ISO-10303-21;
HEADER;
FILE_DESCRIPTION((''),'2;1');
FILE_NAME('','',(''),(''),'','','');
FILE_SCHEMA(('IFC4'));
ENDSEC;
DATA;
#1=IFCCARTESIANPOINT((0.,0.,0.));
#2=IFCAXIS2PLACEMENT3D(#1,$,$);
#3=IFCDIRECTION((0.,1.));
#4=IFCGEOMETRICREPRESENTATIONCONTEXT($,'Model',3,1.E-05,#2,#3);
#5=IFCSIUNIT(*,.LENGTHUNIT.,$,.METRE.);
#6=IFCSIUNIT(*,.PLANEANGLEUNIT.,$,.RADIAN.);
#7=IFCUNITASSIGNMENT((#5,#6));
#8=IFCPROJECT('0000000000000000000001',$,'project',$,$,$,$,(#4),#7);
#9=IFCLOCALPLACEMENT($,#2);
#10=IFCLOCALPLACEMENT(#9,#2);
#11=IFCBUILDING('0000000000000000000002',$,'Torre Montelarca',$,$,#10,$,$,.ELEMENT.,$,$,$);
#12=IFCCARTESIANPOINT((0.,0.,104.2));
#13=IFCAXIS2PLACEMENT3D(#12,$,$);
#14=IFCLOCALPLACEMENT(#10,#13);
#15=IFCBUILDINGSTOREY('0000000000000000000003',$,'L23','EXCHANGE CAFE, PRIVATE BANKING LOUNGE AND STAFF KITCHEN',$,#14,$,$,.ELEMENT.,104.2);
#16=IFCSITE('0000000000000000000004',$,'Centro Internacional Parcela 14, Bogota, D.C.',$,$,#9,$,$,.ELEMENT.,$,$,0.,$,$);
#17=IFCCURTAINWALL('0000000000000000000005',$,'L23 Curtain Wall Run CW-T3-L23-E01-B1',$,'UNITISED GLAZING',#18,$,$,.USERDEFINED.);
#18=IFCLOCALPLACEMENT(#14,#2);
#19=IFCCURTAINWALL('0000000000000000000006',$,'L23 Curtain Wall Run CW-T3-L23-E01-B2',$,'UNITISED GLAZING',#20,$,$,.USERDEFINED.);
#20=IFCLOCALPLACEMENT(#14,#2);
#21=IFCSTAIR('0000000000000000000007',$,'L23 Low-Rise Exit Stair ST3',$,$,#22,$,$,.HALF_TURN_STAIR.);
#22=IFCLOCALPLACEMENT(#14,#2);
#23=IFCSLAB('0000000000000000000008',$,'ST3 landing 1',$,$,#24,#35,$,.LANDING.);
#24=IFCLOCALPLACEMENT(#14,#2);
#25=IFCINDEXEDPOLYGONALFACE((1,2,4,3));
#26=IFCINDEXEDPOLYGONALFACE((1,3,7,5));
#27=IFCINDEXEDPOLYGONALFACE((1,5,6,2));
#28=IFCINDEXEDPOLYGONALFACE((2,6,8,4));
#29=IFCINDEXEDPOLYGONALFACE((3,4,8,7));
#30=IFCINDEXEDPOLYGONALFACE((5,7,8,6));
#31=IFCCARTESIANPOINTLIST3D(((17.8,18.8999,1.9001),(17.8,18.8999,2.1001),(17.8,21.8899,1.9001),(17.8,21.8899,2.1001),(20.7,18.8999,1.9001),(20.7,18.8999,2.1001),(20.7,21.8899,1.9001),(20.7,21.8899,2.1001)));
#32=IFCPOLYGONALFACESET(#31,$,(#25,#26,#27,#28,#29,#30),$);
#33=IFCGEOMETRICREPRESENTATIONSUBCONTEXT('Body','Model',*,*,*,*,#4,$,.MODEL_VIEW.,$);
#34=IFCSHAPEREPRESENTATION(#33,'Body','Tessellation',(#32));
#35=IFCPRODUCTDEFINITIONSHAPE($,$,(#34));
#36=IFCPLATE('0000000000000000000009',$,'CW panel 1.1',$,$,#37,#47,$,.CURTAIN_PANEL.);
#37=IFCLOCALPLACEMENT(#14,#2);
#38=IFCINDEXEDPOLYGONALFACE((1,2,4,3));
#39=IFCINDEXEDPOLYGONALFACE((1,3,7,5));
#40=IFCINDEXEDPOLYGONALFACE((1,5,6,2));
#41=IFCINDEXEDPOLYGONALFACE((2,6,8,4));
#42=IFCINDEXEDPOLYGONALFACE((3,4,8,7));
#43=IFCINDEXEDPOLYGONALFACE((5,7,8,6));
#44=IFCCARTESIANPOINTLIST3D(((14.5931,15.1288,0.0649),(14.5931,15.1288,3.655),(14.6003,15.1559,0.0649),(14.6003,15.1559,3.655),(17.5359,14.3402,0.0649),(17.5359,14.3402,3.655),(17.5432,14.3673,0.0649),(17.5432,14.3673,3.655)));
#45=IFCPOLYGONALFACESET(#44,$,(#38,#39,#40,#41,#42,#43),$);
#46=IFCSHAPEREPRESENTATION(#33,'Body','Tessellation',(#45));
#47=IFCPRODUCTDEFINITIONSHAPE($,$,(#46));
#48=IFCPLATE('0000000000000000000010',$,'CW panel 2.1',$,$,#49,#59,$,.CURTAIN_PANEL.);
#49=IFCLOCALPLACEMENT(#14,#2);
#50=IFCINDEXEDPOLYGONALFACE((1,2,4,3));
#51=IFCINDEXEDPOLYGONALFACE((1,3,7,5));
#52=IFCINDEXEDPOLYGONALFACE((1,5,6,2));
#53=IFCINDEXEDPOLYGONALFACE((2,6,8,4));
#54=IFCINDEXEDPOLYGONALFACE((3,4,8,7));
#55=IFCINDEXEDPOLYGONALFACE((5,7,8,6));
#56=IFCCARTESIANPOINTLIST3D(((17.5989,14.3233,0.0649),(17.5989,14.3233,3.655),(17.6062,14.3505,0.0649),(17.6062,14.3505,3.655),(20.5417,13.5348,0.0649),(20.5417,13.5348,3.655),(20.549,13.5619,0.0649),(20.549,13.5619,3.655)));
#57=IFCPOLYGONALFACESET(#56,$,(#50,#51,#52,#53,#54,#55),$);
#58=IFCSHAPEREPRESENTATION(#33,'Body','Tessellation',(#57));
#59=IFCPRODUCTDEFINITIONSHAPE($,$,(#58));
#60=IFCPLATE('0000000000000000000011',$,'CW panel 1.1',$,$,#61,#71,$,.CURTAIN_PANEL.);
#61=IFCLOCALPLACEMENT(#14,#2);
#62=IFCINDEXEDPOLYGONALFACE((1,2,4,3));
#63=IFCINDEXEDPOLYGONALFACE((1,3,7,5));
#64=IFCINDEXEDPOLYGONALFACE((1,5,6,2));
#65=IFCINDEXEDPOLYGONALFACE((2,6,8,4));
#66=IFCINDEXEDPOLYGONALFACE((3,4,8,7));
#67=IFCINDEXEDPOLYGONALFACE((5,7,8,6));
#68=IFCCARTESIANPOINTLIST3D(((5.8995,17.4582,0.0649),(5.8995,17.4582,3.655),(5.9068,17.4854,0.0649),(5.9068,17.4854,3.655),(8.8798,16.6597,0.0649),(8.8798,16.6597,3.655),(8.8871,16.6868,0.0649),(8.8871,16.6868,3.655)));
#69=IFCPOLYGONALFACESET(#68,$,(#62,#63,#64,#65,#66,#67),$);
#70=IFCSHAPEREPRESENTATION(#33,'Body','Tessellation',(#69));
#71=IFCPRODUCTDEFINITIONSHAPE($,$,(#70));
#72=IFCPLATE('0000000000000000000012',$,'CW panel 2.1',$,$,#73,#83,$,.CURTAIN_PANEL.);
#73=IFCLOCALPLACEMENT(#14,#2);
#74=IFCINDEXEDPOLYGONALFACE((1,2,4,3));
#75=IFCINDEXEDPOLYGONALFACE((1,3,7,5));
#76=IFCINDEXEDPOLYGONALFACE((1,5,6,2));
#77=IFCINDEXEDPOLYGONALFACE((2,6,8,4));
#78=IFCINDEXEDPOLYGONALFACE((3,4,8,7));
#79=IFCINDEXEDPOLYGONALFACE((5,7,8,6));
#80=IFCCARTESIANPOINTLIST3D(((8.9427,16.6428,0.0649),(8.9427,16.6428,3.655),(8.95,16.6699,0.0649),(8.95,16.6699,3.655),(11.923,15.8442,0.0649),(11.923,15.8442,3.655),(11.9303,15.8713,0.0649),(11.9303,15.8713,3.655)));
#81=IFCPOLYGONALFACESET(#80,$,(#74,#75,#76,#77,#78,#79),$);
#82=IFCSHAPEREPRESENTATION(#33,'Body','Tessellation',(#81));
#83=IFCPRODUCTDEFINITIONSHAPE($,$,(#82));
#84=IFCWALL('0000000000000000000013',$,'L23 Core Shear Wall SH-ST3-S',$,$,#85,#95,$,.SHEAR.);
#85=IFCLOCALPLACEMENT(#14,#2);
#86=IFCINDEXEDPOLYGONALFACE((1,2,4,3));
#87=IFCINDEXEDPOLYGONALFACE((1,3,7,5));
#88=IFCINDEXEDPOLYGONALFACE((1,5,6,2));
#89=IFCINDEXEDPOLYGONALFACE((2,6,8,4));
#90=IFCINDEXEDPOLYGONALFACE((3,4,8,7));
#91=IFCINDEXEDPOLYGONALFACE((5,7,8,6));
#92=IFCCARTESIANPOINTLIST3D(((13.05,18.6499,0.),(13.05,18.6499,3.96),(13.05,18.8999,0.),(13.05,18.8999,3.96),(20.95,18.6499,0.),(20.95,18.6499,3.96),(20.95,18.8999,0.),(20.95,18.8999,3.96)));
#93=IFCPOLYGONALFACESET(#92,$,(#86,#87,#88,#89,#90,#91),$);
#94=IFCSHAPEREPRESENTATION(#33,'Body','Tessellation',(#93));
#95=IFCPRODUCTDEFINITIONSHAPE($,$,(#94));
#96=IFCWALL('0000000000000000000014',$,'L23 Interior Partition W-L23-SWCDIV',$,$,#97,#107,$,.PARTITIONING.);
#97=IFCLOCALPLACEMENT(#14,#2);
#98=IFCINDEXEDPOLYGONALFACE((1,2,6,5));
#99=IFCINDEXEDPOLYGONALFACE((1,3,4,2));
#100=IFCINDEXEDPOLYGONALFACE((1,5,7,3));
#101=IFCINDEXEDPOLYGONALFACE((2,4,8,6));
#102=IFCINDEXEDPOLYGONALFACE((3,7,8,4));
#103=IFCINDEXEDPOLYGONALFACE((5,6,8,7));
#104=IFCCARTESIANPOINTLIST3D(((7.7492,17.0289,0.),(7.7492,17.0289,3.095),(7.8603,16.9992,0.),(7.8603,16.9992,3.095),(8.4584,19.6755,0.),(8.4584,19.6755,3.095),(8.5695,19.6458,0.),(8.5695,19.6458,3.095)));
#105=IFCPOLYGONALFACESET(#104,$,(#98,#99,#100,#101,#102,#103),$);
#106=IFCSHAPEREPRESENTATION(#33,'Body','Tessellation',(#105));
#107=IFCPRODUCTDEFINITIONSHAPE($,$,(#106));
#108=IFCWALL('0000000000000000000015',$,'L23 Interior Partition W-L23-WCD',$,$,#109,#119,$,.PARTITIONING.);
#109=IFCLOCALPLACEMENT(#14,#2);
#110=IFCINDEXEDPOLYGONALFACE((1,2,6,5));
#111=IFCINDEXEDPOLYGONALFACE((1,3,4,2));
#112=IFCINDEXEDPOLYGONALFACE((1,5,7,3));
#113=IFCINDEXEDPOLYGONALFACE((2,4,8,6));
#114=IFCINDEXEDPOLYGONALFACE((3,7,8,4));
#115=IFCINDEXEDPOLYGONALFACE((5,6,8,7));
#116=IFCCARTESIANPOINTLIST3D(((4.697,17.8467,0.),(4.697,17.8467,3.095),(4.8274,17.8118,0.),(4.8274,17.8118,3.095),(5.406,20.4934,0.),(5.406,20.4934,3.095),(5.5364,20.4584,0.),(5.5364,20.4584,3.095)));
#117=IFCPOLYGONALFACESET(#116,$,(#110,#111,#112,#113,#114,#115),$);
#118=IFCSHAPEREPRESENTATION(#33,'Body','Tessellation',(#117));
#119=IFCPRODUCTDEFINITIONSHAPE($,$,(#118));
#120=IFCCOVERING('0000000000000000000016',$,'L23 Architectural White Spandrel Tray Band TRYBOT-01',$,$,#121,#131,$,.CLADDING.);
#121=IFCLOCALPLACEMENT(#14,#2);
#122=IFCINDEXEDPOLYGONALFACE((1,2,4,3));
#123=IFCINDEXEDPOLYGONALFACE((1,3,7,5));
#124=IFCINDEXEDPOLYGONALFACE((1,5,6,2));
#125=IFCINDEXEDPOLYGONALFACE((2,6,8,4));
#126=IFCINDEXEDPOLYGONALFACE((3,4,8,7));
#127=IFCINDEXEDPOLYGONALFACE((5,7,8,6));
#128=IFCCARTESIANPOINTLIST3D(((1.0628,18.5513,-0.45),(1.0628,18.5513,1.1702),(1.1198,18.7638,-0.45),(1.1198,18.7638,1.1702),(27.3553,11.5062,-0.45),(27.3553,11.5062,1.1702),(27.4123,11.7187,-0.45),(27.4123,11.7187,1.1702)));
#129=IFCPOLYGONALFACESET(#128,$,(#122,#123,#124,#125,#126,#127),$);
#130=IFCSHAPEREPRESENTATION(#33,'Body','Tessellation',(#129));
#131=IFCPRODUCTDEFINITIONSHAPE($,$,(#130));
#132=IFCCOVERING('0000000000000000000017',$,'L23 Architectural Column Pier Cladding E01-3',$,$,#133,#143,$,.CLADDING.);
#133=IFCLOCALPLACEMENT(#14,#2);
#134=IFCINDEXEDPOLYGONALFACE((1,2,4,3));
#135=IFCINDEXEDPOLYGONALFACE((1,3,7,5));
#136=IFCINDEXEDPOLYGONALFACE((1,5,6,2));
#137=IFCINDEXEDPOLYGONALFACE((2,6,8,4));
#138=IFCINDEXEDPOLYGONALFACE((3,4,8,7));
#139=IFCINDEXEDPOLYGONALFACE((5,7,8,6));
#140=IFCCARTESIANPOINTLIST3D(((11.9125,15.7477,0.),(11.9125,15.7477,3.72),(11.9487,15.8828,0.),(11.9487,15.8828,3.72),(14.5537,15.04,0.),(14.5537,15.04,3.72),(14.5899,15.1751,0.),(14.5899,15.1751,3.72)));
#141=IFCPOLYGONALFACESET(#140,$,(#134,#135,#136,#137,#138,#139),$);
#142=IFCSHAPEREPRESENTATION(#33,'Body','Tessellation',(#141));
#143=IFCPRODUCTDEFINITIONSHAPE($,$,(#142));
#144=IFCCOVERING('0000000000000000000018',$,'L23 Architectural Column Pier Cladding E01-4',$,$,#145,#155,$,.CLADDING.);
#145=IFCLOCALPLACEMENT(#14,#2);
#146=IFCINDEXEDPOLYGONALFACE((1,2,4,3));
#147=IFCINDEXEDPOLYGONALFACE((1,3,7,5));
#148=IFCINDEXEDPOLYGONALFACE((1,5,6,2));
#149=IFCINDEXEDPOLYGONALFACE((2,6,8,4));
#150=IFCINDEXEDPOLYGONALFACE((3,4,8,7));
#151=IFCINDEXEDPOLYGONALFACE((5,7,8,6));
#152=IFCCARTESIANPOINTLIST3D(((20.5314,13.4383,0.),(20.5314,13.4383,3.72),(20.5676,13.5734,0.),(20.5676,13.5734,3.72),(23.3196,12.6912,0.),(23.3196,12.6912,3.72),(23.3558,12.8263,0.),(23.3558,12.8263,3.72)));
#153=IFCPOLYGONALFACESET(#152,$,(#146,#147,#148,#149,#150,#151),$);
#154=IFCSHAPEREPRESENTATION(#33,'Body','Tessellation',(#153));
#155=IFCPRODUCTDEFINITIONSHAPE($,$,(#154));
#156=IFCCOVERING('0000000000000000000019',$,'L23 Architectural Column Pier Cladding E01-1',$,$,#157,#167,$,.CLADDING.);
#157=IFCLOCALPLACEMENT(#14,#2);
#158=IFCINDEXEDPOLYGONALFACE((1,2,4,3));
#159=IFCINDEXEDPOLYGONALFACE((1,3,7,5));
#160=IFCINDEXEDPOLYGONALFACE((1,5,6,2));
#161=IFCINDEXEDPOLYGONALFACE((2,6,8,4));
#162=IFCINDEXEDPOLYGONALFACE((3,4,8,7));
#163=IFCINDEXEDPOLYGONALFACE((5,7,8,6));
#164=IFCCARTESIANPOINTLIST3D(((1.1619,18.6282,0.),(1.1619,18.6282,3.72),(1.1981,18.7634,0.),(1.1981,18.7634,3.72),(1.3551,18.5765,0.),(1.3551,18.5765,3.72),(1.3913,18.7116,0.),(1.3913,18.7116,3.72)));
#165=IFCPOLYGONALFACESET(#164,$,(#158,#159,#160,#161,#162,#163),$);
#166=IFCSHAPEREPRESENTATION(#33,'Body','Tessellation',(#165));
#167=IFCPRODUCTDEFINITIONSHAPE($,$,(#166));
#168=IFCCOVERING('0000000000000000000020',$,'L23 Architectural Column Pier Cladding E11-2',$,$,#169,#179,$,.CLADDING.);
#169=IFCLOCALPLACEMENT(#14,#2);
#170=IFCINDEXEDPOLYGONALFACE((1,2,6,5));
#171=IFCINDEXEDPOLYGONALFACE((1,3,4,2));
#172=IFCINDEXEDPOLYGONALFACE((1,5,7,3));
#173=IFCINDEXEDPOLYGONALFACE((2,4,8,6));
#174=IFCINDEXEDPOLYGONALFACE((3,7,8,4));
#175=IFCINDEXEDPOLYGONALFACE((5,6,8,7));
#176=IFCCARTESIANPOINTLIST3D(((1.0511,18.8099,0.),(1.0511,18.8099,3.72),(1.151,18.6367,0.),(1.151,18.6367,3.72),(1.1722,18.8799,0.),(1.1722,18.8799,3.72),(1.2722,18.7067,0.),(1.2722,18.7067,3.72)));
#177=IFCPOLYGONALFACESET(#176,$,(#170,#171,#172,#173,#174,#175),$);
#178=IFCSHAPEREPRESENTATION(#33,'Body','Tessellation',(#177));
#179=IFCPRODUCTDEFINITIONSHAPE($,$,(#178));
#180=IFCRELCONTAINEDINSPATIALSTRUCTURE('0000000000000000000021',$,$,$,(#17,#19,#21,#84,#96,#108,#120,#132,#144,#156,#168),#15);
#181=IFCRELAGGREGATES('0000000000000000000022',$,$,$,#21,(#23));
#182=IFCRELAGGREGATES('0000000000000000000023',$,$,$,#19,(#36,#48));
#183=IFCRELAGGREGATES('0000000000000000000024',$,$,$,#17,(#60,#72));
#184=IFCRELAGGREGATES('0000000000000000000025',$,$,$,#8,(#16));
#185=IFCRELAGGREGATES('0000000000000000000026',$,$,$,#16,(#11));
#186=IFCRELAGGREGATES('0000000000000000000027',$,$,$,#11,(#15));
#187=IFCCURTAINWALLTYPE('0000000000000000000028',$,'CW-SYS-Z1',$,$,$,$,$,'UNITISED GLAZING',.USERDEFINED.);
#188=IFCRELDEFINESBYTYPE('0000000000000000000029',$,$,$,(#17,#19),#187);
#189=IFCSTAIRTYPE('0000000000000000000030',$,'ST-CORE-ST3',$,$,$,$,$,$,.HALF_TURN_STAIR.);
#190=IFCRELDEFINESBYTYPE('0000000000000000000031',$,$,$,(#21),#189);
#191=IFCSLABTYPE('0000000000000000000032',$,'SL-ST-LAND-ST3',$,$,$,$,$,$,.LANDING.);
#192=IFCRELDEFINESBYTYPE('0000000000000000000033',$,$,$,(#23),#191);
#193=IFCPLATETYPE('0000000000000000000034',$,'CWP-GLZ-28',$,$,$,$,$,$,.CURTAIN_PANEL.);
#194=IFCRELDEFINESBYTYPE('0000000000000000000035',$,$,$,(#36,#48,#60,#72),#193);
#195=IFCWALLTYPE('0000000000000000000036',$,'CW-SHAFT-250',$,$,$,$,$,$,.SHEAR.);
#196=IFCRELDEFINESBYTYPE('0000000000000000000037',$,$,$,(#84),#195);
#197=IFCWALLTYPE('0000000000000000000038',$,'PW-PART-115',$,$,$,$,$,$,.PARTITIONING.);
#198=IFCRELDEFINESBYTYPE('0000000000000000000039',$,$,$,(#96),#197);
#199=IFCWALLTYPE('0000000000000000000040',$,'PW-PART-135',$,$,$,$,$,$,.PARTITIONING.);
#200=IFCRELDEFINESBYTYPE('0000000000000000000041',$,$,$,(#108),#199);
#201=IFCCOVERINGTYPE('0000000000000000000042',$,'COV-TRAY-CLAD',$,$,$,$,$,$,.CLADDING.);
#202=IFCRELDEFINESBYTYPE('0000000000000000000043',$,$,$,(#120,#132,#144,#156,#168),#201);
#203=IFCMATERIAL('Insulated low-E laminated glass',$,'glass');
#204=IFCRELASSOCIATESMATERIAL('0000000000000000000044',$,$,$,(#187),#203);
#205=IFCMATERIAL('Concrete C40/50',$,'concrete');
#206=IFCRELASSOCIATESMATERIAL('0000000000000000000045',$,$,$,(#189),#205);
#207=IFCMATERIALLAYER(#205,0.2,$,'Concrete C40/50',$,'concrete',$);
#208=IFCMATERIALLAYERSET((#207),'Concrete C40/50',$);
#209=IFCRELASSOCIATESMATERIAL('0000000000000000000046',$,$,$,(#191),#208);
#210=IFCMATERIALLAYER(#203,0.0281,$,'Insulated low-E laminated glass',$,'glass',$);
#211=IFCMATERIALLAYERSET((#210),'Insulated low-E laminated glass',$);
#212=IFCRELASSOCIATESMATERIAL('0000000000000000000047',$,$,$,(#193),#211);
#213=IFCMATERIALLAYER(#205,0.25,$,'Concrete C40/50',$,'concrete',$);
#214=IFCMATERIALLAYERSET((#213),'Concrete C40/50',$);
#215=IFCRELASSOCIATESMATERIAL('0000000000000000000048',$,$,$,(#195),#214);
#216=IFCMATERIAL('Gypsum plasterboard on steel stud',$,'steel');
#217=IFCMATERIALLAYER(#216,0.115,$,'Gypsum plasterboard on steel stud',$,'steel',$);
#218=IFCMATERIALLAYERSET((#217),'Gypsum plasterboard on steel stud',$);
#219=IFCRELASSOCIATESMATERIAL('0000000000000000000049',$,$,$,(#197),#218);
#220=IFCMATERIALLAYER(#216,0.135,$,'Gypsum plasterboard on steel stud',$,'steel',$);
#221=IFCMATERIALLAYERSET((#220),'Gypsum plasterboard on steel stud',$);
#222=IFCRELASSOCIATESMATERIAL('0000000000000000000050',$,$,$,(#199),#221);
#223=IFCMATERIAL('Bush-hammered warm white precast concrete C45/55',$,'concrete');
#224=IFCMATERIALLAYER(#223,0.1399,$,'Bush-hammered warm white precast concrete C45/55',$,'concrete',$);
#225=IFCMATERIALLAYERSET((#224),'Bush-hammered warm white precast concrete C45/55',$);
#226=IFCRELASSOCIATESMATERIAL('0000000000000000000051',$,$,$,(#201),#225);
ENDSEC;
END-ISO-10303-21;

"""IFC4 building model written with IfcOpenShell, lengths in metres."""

from ifc_helpers import new_model, si_unit, direction, frame, frame_2d, origin, origin_2d, place, context, subcontext, project, spatial, polyline, rectangle, outline, extrude, source, transform, mapped, material, layer, layer_set, type_object, element, aggregate, save


model = new_model("IFC4")

# Units and contexts
model_context = context("Model", 3, precision=1e-05, world=origin(), true_north=direction((0.0, 1.0)))
body_context = subcontext(model_context, "Body", "Model", "MODEL_VIEW")
ifc_project = project(units=[si_unit("LENGTHUNIT", "METRE"), si_unit("PLANEANGLEUNIT", "RADIAN")], contexts=[model_context])

# Site, building, storey
site_placement = place(None, origin())
site = spatial("IfcSite", under=ifc_project, at=site_placement, Name="Centro Internacional Parcela 14, Bogota, D.C.", CompositionType="ELEMENT", RefElevation=0.0)
building_placement = place(site_placement, origin())
building = spatial("IfcBuilding", under=site, at=building_placement, Name="Torre Montelarca", CompositionType="ELEMENT")
storey_placement = place(building_placement, frame((0.0, 0.0, 104.2)))
storey = spatial("IfcBuildingStorey", under=building, at=storey_placement, Name="L23", Description="EXCHANGE CAFE, PRIVATE BANKING LOUNGE AND STAFF KITCHEN", CompositionType="ELEMENT", Elevation=104.2)

# Curtain walls
ifc_material_1 = material(Name="Insulated low-E laminated glass", Category="glass")
curtain_wall_type = type_object("IfcCurtainWallType", Name="CW-SYS-Z1", ElementType="UNITISED GLAZING", PredefinedType="USERDEFINED", material=ifc_material_1)
curtain_wall_1_placement = place(storey_placement, origin())
curtain_wall_1 = element("IfcCurtainWall", 1, at=curtain_wall_1_placement, inside=storey, type_object=curtain_wall_type, Name="L23 Curtain Wall Run CW-T3-L23-E01-B1", ObjectType="UNITISED GLAZING", PredefinedType="USERDEFINED")
curtain_wall_2_placement = place(storey_placement, origin())
curtain_wall_2 = element("IfcCurtainWall", 2, at=curtain_wall_2_placement, inside=storey, type_object=curtain_wall_type, Name="L23 Curtain Wall Run CW-T3-L23-E01-B2", ObjectType="UNITISED GLAZING", PredefinedType="USERDEFINED")

# Shared definitions
ifc_material_2 = material(Name="Concrete C40/50", Category="concrete")

# Stair, slab
stair_type_1 = type_object("IfcStairType", Name="ST-CORE-ST3", PredefinedType="HALF_TURN_STAIR", material=ifc_material_2)
stair_1_placement = place(storey_placement, origin())
stair_1 = element("IfcStair", 3, at=stair_1_placement, inside=storey, type_object=stair_type_1, Name="L23 Low-Rise Exit Stair ST3", PredefinedType="HALF_TURN_STAIR")
ifc_layer_1 = layer(ifc_material_2, 0.2, Name="Concrete C40/50", Category="concrete")
ifc_layer_set_1 = layer_set([ifc_layer_1], Name="Concrete C40/50")
slab_type_1 = type_object("IfcSlabType", Name="SL-ST-LAND-ST3", PredefinedType="LANDING", material=ifc_layer_set_1)
slab_1_placement = place(storey_placement, frame((0.0, 0.0, 1.9001)))
slab_1 = element("IfcSlab", 4, at=slab_1_placement, type_object=slab_type_1, Name="ST3 landing 1", PredefinedType="LANDING", context=body_context, shape_type="SweptSolid", body=[
    extrude(outline(polyline([(17.8, 18.8999), (20.7, 18.8999), (20.7, 21.8899), (17.8, 21.8899), (17.8, 18.8999)])), origin(), (0.0, 0.0, 1.0), 0.2),
])
aggregate(stair_1, [slab_1])

# Plates
ifc_layer_2 = layer(ifc_material_1, 0.0281, Name="Insulated low-E laminated glass", Category="glass")
ifc_layer_set_2 = layer_set([ifc_layer_2], Name="Insulated low-E laminated glass")
plate_type = type_object("IfcPlateType", Name="CWP-GLZ-28", PredefinedType="CURTAIN_PANEL", material=ifc_layer_set_2)
shared_shape_1 = source(origin(), body_context, "Body", "SweptSolid", [
    extrude(rectangle(XDim=3.0466, YDim=0.0281, at=origin_2d()), origin(), (0.0, 0.0, 1.0), 3.5901),
])
plate_1_placement = place(storey_placement, frame((16.0681, 14.748, 0.0649), z_axis=(0.0, 0.0, 1.0), x_axis=(0.965925, -0.258822, 0.0)))
plate_1 = element("IfcPlate", 5, at=plate_1_placement, type_object=plate_type, Name="CW panel 1.1", PredefinedType="CURTAIN_PANEL", context=body_context, shape_type="MappedRepresentation", body=[
    mapped(shared_shape_1, transform((0.0, 0.0, 0.0), scale=1.0)),
])
plate_2_placement = place(storey_placement, frame((19.074, 13.9426, 0.0649), z_axis=(0.0, 0.0, 1.0), x_axis=(0.965925, -0.258822, 0.0)))
plate_2 = element("IfcPlate", 6, at=plate_2_placement, type_object=plate_type, Name="CW panel 2.1", PredefinedType="CURTAIN_PANEL", context=body_context, shape_type="MappedRepresentation", body=[
    mapped(shared_shape_1, transform((0.0, 0.0, 0.0), scale=1.0)),
])
aggregate(curtain_wall_2, [plate_1, plate_2])
shared_shape_2 = source(origin(), body_context, "Body", "SweptSolid", [
    extrude(rectangle(XDim=3.0854, YDim=0.0281, at=origin_2d()), origin(), (0.0, 0.0, 1.0), 3.5901),
])
plate_3_placement = place(storey_placement, frame((7.3933, 17.0725, 0.0649), z_axis=(0.0, 0.0, 1.0), x_axis=(0.965924, -0.258824, 0.0)))
plate_3 = element("IfcPlate", 7, at=plate_3_placement, type_object=plate_type, Name="CW panel 1.1", PredefinedType="CURTAIN_PANEL", context=body_context, shape_type="MappedRepresentation", body=[
    mapped(shared_shape_2, transform((0.0, 0.0, 0.0), scale=1.0)),
])
plate_4_placement = place(storey_placement, frame((10.4365, 16.2571, 0.0649), z_axis=(0.0, 0.0, 1.0), x_axis=(0.965924, -0.258824, 0.0)))
plate_4 = element("IfcPlate", 8, at=plate_4_placement, type_object=plate_type, Name="CW panel 2.1", PredefinedType="CURTAIN_PANEL", context=body_context, shape_type="MappedRepresentation", body=[
    mapped(shared_shape_2, transform((0.0, 0.0, 0.0), scale=1.0)),
])
aggregate(curtain_wall_1, [plate_3, plate_4])

# Walls
ifc_layer_3 = layer(ifc_material_2, 0.25, Name="Concrete C40/50", Category="concrete")
ifc_layer_set_3 = layer_set([ifc_layer_3], Name="Concrete C40/50")
wall_type_1 = type_object("IfcWallType", Name="CW-SHAFT-250", PredefinedType="SHEAR", material=ifc_layer_set_3)
wall_1_placement = place(storey_placement, frame((13.05, 18.7749, 0.0), z_axis=(0.0, 0.0, 1.0), x_axis=(1.0, 0.0, 0.0)))
element("IfcWall", 9, at=wall_1_placement, inside=storey, type_object=wall_type_1, Name="L23 Core Shear Wall SH-ST3-S", PredefinedType="SHEAR", context=body_context, shape_type="SweptSolid", body=[
    extrude(rectangle(XDim=7.8999, YDim=0.25, at=frame_2d((3.95, 0.0))), origin(), (0.0, 0.0, 1.0), 3.96),
])
ifc_material_3 = material(Name="Gypsum plasterboard on steel stud", Category="steel")
ifc_layer_4 = layer(ifc_material_3, 0.115, Name="Gypsum plasterboard on steel stud", Category="steel")
ifc_layer_set_4 = layer_set([ifc_layer_4], Name="Gypsum plasterboard on steel stud")
wall_type_2 = type_object("IfcWallType", Name="PW-PART-115", PredefinedType="PARTITIONING", material=ifc_layer_set_4)
wall_2_placement = place(storey_placement, frame((7.8047, 17.0139, 0.0), z_axis=(0.0, 0.0, 1.0), x_axis=(0.258833, 0.965922, 0.0)))
element("IfcWall", 10, at=wall_2_placement, inside=storey, type_object=wall_type_2, Name="L23 Interior Partition W-L23-SWCDIV", PredefinedType="PARTITIONING", context=body_context, shape_type="SweptSolid", body=[
    extrude(rectangle(XDim=2.74, YDim=0.115, at=frame_2d((1.3701, 0.0))), origin(), (0.0, 0.0, 1.0), 3.095),
])
ifc_layer_5 = layer(ifc_material_3, 0.135, Name="Gypsum plasterboard on steel stud", Category="steel")
ifc_layer_set_5 = layer_set([ifc_layer_5], Name="Gypsum plasterboard on steel stud")
wall_type_3 = type_object("IfcWallType", Name="PW-PART-135", PredefinedType="PARTITIONING", material=ifc_layer_set_5)
wall_3_placement = place(storey_placement, frame((4.7622, 17.8291, 0.0), z_axis=(0.0, 0.0, 1.0), x_axis=(0.258749, 0.965944, 0.0)))
element("IfcWall", 11, at=wall_3_placement, inside=storey, type_object=wall_type_3, Name="L23 Interior Partition W-L23-WCD", PredefinedType="PARTITIONING", context=body_context, shape_type="SweptSolid", body=[
    extrude(rectangle(XDim=2.74, YDim=0.135, at=frame_2d((1.3701, 0.0))), origin(), (0.0, 0.0, 1.0), 3.095),
])

# Coverings
ifc_material_4 = material(Name="Bush-hammered warm white precast concrete C45/55", Category="concrete")
ifc_layer_6 = layer(ifc_material_4, 0.1399, Name="Bush-hammered warm white precast concrete C45/55", Category="concrete")
ifc_layer_set_6 = layer_set([ifc_layer_6], Name="Bush-hammered warm white precast concrete C45/55")
covering_type = type_object("IfcCoveringType", Name="COV-TRAY-CLAD", PredefinedType="CLADDING", material=ifc_layer_set_6)
shared_shape_3 = source(origin(), body_context, "Body", "SweptSolid", [
    extrude(rectangle(XDim=27.22, YDim=0.22, at=origin_2d()), origin(), (0.0, 0.0, 1.0), 1.6201),
])
covering_1_placement = place(storey_placement, frame((14.2375, 15.135, -0.45), z_axis=(0.0, 0.0, 1.0), x_axis=(0.965926, -0.258819, 0.0)))
element("IfcCovering", 12, at=covering_1_placement, inside=storey, type_object=covering_type, Name="L23 Architectural White Spandrel Tray Band TRYBOT-01", PredefinedType="CLADDING", context=body_context, shape_type="MappedRepresentation", body=[
    mapped(shared_shape_3, transform((0.0, 0.0, 0.0), scale=1.0)),
])
shared_shape_4 = source(origin(), body_context, "Body", "SweptSolid", [
    extrude(rectangle(XDim=2.7344, YDim=0.1399, at=origin_2d()), origin(), (0.0, 0.0, 1.0), 3.72),
])
covering_2_placement = place(storey_placement, frame((13.2512, 15.4614, 0.0), z_axis=(0.0, 0.0, 1.0), x_axis=(0.965926, -0.258819, 0.0)))
element("IfcCovering", 13, at=covering_2_placement, inside=storey, type_object=covering_type, Name="L23 Architectural Column Pier Cladding E01-3", PredefinedType="CLADDING", context=body_context, shape_type="MappedRepresentation", body=[
    mapped(shared_shape_4, transform((0.0, 0.0, 0.0), scale=1.0)),
])
shared_shape_5 = source(origin(), body_context, "Body", "SweptSolid", [
    extrude(rectangle(XDim=2.8865, YDim=0.1399, at=origin_2d()), origin(), (0.0, 0.0, 1.0), 3.72),
])
covering_3_placement = place(storey_placement, frame((21.9436, 13.1323, 0.0), z_axis=(0.0, 0.0, 1.0), x_axis=(0.965926, -0.258819, 0.0)))
element("IfcCovering", 14, at=covering_3_placement, inside=storey, type_object=covering_type, Name="L23 Architectural Column Pier Cladding E01-4", PredefinedType="CLADDING", context=body_context, shape_type="MappedRepresentation", body=[
    mapped(shared_shape_5, transform((0.0, 0.0, 0.0), scale=1.0)),
])
shared_shape_6 = source(origin(), body_context, "Body", "SweptSolid", [
    extrude(rectangle(XDim=0.2, YDim=0.1399, at=origin_2d()), origin(), (0.0, 0.0, 1.0), 3.72),
])
for number, where, z_axis, x_axis, name in (
    (15, (1.2766, 18.6699, 0.0), (0.0, 0.0, 1.0), (0.965926, -0.258819, 0.0), "L23 Architectural Column Pier Cladding E01-1"),
    (16, (1.1616, 18.7583, 0.0), (0.0, 0.0, 1.0), (0.500002, -0.866025, 0.0), "L23 Architectural Column Pier Cladding E11-2"),
):
    element("IfcCovering", number, at=place(storey_placement, frame(where, z_axis=z_axis, x_axis=x_axis)), inside=storey, type_object=covering_type, Name=name, PredefinedType="CLADDING", context=body_context, shape_type="MappedRepresentation", body=[
        mapped(shared_shape_6, transform((0.0, 0.0, 0.0), scale=1.0)),
    ])

save(model, "model.ifc")
